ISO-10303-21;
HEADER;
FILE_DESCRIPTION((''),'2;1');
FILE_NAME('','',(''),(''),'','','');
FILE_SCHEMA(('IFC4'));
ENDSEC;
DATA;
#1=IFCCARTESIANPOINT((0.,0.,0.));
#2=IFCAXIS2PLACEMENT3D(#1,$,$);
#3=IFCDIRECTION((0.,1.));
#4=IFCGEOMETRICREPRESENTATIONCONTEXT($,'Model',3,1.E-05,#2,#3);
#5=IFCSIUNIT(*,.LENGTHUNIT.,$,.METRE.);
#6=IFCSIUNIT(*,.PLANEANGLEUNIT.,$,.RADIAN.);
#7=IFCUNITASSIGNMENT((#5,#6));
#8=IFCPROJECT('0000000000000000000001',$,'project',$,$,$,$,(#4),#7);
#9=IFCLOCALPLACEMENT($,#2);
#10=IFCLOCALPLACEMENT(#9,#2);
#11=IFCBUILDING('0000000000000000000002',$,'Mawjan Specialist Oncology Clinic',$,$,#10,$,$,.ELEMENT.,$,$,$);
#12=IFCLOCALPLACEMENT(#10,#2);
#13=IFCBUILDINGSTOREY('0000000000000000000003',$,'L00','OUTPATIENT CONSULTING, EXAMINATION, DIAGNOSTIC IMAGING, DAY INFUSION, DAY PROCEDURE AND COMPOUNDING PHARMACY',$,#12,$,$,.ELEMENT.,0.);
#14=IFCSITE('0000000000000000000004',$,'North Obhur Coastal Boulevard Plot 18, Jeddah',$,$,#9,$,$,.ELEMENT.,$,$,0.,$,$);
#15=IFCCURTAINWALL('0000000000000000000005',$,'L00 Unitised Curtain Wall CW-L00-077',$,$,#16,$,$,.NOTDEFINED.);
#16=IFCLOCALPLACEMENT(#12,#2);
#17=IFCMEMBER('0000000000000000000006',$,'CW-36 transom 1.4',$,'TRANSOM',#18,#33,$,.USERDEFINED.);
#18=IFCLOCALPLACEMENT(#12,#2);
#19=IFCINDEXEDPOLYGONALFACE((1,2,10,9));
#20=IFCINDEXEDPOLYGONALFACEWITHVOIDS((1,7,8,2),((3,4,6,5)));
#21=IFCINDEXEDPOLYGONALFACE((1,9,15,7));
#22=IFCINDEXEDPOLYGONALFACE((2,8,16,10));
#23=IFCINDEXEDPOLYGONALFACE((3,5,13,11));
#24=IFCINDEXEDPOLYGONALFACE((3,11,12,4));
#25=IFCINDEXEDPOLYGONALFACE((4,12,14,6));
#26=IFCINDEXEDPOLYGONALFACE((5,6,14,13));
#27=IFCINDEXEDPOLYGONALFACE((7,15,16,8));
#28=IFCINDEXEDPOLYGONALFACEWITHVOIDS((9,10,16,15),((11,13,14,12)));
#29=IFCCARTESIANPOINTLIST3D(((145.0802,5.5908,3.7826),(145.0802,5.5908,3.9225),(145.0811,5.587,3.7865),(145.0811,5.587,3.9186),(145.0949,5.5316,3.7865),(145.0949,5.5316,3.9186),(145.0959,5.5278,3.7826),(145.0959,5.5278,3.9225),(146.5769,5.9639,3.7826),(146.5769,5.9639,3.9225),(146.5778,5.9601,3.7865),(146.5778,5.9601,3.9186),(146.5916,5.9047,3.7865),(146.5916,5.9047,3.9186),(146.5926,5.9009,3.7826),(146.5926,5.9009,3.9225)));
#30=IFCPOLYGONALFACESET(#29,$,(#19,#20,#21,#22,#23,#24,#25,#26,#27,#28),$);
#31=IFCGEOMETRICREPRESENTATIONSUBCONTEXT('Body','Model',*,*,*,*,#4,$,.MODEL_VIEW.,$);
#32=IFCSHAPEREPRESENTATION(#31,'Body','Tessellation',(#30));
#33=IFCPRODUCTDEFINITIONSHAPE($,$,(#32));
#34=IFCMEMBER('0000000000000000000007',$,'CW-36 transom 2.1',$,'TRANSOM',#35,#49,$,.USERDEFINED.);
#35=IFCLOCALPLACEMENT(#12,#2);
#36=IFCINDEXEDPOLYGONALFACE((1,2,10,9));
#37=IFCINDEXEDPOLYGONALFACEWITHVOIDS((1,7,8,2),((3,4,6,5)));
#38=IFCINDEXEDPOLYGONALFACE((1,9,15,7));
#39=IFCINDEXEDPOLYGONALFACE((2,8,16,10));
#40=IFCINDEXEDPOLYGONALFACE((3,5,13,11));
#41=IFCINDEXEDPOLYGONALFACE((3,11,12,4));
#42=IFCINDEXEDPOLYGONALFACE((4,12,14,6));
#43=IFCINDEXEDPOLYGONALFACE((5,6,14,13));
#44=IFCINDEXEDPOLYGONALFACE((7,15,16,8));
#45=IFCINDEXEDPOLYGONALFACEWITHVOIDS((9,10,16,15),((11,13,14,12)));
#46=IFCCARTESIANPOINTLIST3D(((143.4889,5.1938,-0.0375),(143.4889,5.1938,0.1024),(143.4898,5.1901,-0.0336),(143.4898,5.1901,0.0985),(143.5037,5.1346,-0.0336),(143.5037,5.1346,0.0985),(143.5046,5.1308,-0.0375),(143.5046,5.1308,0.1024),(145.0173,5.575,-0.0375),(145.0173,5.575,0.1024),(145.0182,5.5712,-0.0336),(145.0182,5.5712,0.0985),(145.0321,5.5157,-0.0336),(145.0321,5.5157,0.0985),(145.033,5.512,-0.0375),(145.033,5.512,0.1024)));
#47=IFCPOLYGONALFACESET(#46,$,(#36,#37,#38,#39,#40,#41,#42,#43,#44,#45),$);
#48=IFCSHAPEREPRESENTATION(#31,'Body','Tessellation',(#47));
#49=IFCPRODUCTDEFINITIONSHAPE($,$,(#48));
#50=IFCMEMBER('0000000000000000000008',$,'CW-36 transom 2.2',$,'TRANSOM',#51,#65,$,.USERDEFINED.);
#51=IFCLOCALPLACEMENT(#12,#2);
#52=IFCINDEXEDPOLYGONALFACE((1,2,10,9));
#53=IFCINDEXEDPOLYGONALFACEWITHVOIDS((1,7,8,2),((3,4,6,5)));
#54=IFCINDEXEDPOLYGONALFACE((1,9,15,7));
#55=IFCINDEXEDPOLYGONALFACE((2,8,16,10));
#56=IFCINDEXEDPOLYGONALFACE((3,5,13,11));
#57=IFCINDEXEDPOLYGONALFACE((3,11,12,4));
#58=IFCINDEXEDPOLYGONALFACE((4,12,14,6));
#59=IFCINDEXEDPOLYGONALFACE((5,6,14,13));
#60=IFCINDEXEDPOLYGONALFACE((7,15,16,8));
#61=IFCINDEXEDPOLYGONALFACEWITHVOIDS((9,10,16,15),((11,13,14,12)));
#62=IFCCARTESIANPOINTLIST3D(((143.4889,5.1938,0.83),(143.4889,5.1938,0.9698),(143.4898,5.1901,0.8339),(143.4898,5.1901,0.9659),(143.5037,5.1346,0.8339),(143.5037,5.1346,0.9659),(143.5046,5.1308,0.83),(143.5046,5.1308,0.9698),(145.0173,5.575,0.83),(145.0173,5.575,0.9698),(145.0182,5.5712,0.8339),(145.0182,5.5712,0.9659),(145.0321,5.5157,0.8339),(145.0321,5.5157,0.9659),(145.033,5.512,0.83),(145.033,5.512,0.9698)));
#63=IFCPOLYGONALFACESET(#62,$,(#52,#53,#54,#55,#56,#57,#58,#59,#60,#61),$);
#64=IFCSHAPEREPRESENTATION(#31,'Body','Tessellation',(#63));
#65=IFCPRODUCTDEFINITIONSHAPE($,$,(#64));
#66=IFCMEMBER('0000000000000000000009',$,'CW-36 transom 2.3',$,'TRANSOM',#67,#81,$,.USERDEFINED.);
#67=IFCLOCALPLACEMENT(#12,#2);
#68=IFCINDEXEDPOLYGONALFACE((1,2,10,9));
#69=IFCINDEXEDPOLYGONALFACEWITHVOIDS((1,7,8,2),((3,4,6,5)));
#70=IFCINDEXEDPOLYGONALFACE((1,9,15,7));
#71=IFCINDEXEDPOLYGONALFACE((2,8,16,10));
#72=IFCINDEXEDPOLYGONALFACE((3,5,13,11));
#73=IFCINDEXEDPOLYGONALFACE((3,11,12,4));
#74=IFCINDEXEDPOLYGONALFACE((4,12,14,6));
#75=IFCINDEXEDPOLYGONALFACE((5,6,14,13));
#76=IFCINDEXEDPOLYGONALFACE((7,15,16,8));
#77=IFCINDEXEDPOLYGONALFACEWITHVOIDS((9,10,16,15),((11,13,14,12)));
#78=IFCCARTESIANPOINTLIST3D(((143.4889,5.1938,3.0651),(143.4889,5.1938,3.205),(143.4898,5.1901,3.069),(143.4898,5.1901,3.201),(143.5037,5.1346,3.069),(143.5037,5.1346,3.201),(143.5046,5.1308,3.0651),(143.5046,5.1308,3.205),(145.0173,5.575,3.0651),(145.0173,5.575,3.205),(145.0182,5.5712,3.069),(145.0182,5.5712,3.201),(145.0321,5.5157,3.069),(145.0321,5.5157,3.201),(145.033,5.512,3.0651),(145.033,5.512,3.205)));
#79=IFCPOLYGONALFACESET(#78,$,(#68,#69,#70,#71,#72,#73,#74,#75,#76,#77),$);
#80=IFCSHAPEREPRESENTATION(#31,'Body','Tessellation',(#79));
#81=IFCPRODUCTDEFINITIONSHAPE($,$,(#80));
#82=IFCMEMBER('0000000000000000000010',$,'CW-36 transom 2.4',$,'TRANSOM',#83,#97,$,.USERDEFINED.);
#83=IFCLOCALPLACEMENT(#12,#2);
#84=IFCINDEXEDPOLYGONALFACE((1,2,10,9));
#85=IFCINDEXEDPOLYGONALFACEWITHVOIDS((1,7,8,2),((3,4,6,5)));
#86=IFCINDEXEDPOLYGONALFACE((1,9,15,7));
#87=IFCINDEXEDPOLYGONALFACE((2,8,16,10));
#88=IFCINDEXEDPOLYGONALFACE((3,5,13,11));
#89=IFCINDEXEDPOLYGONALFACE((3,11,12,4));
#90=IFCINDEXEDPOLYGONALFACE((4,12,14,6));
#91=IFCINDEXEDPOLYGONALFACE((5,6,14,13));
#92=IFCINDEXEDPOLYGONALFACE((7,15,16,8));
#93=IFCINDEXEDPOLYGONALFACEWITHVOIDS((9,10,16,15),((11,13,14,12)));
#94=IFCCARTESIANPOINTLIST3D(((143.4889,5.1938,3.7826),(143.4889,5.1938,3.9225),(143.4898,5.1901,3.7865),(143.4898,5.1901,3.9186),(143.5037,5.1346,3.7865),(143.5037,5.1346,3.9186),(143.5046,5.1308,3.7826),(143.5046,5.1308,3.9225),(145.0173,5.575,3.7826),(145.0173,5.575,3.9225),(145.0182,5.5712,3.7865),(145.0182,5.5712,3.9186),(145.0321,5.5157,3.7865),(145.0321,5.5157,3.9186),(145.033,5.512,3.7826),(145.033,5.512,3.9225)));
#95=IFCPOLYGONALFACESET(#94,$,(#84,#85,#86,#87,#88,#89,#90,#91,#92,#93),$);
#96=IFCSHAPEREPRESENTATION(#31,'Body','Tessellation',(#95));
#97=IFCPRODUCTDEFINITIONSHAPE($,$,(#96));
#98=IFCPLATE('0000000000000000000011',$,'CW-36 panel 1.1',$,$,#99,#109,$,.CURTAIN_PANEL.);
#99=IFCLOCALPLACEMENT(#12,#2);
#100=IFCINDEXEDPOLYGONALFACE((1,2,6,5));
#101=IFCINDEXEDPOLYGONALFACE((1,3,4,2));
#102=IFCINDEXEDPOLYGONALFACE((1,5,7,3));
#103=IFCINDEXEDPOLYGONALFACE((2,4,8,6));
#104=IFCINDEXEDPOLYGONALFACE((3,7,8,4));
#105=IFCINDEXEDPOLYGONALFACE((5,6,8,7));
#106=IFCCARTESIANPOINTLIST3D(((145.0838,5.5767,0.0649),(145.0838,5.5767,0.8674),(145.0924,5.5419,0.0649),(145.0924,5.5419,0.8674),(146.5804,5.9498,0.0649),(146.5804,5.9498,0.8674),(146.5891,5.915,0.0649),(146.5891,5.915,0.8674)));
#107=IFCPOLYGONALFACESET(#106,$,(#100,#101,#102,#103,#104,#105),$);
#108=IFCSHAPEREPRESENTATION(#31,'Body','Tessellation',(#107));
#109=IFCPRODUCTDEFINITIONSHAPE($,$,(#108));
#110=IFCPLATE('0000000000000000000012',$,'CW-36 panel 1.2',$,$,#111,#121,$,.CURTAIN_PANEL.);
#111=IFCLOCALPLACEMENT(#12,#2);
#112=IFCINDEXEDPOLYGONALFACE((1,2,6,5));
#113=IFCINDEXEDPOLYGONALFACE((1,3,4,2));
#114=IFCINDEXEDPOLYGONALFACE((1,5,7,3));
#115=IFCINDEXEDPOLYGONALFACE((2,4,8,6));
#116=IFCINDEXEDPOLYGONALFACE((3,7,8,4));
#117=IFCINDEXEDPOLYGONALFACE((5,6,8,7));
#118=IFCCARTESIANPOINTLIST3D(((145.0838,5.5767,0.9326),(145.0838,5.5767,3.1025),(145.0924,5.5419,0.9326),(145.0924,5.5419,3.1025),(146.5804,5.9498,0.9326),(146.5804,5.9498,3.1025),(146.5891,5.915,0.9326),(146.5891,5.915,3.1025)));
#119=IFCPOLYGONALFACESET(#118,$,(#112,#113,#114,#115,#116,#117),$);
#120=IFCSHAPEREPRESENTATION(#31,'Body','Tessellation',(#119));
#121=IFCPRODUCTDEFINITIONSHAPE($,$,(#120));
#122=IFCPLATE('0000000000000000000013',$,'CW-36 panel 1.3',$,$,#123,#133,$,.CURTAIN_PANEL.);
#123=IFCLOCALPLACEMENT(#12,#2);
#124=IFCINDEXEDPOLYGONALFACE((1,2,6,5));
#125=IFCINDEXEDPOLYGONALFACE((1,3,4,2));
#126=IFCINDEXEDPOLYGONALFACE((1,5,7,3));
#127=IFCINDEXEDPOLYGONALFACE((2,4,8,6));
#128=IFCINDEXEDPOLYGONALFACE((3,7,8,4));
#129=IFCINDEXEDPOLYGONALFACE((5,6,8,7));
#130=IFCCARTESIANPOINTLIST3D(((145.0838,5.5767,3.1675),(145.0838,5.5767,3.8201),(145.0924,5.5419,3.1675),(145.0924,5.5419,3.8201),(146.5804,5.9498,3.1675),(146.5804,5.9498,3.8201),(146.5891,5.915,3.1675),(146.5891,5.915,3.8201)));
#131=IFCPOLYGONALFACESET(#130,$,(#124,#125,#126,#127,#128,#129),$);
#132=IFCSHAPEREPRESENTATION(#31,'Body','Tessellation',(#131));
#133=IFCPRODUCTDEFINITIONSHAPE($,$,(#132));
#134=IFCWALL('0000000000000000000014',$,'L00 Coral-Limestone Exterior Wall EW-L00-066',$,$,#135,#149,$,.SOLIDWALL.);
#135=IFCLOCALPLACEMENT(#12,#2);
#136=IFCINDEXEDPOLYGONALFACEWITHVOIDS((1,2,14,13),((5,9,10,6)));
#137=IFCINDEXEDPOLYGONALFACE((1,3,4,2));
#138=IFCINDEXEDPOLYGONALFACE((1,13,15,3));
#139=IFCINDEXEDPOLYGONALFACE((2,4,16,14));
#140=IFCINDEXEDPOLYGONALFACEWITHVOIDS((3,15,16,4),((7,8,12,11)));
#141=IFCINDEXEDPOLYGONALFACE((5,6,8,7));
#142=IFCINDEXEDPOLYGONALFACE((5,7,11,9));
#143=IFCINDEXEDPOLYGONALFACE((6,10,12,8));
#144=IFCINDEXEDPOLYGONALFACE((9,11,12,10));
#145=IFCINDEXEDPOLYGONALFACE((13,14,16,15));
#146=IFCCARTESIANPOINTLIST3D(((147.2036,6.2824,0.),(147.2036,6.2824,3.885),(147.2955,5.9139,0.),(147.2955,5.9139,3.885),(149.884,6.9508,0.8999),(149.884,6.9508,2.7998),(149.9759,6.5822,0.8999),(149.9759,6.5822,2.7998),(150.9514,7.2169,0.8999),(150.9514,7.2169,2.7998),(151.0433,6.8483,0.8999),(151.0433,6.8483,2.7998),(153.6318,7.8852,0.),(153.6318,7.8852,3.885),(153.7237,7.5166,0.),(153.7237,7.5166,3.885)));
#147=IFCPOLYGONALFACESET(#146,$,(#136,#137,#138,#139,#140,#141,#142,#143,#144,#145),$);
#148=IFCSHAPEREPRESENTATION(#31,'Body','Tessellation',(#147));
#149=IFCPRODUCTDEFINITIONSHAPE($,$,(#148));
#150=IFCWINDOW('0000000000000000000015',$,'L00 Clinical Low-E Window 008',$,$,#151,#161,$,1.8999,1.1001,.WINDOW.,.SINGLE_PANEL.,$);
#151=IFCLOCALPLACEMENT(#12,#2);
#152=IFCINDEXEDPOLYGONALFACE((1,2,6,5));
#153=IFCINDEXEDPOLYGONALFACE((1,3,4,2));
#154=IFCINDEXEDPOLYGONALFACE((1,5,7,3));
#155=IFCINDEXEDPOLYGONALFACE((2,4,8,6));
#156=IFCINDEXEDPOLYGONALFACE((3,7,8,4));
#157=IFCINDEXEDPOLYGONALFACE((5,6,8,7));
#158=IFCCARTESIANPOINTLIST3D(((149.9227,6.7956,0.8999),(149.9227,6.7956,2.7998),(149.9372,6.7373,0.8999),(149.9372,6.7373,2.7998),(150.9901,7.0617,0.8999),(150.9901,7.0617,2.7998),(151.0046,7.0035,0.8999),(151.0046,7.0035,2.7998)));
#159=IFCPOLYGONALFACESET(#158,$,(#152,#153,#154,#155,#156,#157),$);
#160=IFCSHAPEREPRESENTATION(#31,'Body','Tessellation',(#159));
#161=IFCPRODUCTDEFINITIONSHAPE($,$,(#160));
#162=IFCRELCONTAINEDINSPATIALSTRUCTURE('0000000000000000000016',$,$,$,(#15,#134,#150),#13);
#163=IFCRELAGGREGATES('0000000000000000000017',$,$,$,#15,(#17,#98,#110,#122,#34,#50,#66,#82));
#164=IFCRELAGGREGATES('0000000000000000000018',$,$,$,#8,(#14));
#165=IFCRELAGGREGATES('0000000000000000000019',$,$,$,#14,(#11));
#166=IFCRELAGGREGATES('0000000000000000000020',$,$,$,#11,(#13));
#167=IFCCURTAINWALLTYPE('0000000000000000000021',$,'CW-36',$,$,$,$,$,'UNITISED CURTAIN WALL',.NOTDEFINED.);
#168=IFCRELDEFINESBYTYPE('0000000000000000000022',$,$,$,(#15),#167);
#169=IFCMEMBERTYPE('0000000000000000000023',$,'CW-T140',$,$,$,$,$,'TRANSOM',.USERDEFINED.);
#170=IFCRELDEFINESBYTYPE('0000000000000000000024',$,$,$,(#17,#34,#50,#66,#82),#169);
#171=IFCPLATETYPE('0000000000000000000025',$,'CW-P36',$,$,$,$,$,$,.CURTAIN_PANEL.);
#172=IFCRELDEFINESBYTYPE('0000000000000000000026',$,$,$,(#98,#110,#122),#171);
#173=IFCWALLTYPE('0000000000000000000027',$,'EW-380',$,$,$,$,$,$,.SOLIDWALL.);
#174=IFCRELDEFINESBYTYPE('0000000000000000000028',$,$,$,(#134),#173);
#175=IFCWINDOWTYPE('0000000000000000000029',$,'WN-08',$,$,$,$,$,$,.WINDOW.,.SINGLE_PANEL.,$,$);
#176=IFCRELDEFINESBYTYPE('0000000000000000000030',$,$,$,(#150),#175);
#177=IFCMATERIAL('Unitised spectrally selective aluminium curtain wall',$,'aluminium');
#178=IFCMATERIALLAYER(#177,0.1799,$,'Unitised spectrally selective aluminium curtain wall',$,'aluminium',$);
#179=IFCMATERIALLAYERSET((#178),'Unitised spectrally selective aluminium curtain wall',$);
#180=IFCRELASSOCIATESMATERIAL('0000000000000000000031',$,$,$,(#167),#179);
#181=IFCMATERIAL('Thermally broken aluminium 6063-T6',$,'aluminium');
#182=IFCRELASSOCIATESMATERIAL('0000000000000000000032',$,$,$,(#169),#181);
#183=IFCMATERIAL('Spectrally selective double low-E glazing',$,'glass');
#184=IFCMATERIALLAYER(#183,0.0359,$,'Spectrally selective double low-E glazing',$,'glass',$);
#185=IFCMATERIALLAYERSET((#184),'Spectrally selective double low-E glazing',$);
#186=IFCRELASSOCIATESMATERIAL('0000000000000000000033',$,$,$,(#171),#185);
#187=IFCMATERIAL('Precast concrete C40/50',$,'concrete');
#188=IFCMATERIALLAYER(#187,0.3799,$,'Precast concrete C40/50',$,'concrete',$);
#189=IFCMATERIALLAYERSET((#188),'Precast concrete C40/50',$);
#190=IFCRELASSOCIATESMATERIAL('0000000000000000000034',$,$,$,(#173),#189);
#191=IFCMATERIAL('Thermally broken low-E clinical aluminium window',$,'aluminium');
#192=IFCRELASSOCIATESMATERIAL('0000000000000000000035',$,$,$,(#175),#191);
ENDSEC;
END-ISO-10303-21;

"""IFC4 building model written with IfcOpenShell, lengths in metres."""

from ifc_helpers import new_model, si_unit, direction, frame, frame_2d, origin, origin_2d, place, context, subcontext, project, spatial, rectangle, hollow_rectangle, extrude, material, layer, layer_set, material_profile, profile_set, type_object, element, fill, aggregate, save


model = new_model("IFC4")

# Units and contexts
model_context = context("Model", 3, precision=1e-05, world=origin(), true_north=direction((0.0, 1.0)))
body_context = subcontext(model_context, "Body", "Model", "MODEL_VIEW")
ifc_project = project(units=[si_unit("LENGTHUNIT", "METRE"), si_unit("PLANEANGLEUNIT", "RADIAN")], contexts=[model_context])

# Site, building, storey
site_placement = place(None, origin())
site = spatial("IfcSite", under=ifc_project, at=site_placement, Name="North Obhur Coastal Boulevard Plot 18, Jeddah", CompositionType="ELEMENT", RefElevation=0.0)
building_placement = place(site_placement, origin())
building = spatial("IfcBuilding", under=site, at=building_placement, Name="Mawjan Specialist Oncology Clinic", CompositionType="ELEMENT")
storey_placement = place(building_placement, origin())
storey = spatial("IfcBuildingStorey", under=building, at=storey_placement, Name="L00", Description="OUTPATIENT CONSULTING, EXAMINATION, DIAGNOSTIC IMAGING, DAY INFUSION, DAY PROCEDURE AND COMPOUNDING PHARMACY", CompositionType="ELEMENT", Elevation=0.0)

# Curtain wall, members, plates
ifc_material_1 = material(Name="Unitised spectrally selective aluminium curtain wall", Category="aluminium")
ifc_layer_1 = layer(ifc_material_1, 0.1799, Name="Unitised spectrally selective aluminium curtain wall", Category="aluminium")
ifc_layer_set_1 = layer_set([ifc_layer_1], Name="Unitised spectrally selective aluminium curtain wall")
curtain_wall_type = type_object("IfcCurtainWallType", Name="CW-36", ElementType="UNITISED CURTAIN WALL", PredefinedType="NOTDEFINED", material=ifc_layer_set_1)
curtain_wall_placement = place(storey_placement, origin())
curtain_wall = element("IfcCurtainWall", 1, at=curtain_wall_placement, inside=storey, type_object=curtain_wall_type, Name="L00 Unitised Curtain Wall CW-L00-077", PredefinedType="NOTDEFINED")
ifc_material_2 = material(Name="Thermally broken aluminium 6063-T6", Category="aluminium")
ifc_material_profile_1 = material_profile(ifc_material_2, hollow_rectangle(XDim=0.0649, YDim=0.1399, WallThickness=0.0039, at=origin_2d()), Name="ALU TRANSOM 140x65x4", Category="aluminium")
ifc_profile_set_1 = profile_set([ifc_material_profile_1], Name="Thermally broken aluminium 6063-T6")
member_type_1 = type_object("IfcMemberType", Name="CW-T140", ElementType="TRANSOM", PredefinedType="USERDEFINED", material=ifc_profile_set_1)
member_1_placement = place(storey_placement, frame((146.5847, 5.9324, 3.8525), z_axis=(-0.97031, -0.241865, 0.0), x_axis=(0.241865, -0.97031, 0.0)))
member_1 = element("IfcMember", 2, at=member_1_placement, type_object=member_type_1, Name="CW-36 transom 1.4", ObjectType="TRANSOM", PredefinedType="USERDEFINED", context=body_context, shape_type="SweptSolid", body=[
    extrude(hollow_rectangle(XDim=0.0649, YDim=0.1399, WallThickness=0.0039, at=origin_2d()), origin(), (0.0, 0.0, 1.0), 1.5425),
])
member_2_placement = place(storey_placement, frame((145.0251, 5.5435, 0.0325), z_axis=(-0.970288, -0.241952, 0.0), x_axis=(0.241952, -0.970288, 0.0)))
member_2 = element("IfcMember", 3, at=member_2_placement, type_object=member_type_1, Name="CW-36 transom 2.1", ObjectType="TRANSOM", PredefinedType="USERDEFINED", context=body_context, shape_type="SweptSolid", body=[
    extrude(hollow_rectangle(XDim=0.0649, YDim=0.1399, WallThickness=0.0039, at=origin_2d()), origin(), (0.0, 0.0, 1.0), 1.5752),
])
member_3_placement = place(storey_placement, frame((145.0251, 5.5435, 0.8999), z_axis=(-0.970288, -0.241952, 0.0), x_axis=(0.241952, -0.970288, 0.0)))
member_3 = element("IfcMember", 4, at=member_3_placement, type_object=member_type_1, Name="CW-36 transom 2.2", ObjectType="TRANSOM", PredefinedType="USERDEFINED", context=body_context, shape_type="SweptSolid", body=[
    extrude(hollow_rectangle(XDim=0.0649, YDim=0.1399, WallThickness=0.0039, at=origin_2d()), origin(), (0.0, 0.0, 1.0), 1.5752),
])
member_4_placement = place(storey_placement, frame((145.0251, 5.5435, 3.135), z_axis=(-0.970288, -0.241952, 0.0), x_axis=(0.241952, -0.970288, 0.0)))
member_4 = element("IfcMember", 5, at=member_4_placement, type_object=member_type_1, Name="CW-36 transom 2.3", ObjectType="TRANSOM", PredefinedType="USERDEFINED", context=body_context, shape_type="SweptSolid", body=[
    extrude(hollow_rectangle(XDim=0.0649, YDim=0.1399, WallThickness=0.0039, at=origin_2d()), origin(), (0.0, 0.0, 1.0), 1.5752),
])
member_5_placement = place(storey_placement, frame((145.0251, 5.5435, 3.8525), z_axis=(-0.970288, -0.241952, 0.0), x_axis=(0.241952, -0.970288, 0.0)))
member_5 = element("IfcMember", 6, at=member_5_placement, type_object=member_type_1, Name="CW-36 transom 2.4", ObjectType="TRANSOM", PredefinedType="USERDEFINED", context=body_context, shape_type="SweptSolid", body=[
    extrude(hollow_rectangle(XDim=0.0649, YDim=0.1399, WallThickness=0.0039, at=origin_2d()), origin(), (0.0, 0.0, 1.0), 1.5752),
])
ifc_material_3 = material(Name="Spectrally selective double low-E glazing", Category="glass")
ifc_layer_2 = layer(ifc_material_3, 0.0359, Name="Spectrally selective double low-E glazing", Category="glass")
ifc_layer_set_2 = layer_set([ifc_layer_2], Name="Spectrally selective double low-E glazing")
plate_type = type_object("IfcPlateType", Name="CW-P36", PredefinedType="CURTAIN_PANEL", material=ifc_layer_set_2)
plate_1_placement = place(storey_placement, frame((145.8364, 5.7458, 0.0649), z_axis=(0.0, 0.0, 1.0), x_axis=(-0.970296, -0.241922, 0.0)))
plate_1 = element("IfcPlate", 7, at=plate_1_placement, type_object=plate_type, Name="CW-36 panel 1.1", PredefinedType="CURTAIN_PANEL", context=body_context, shape_type="SweptSolid", body=[
    extrude(rectangle(XDim=1.5425, YDim=0.0359, at=origin_2d()), origin(), (0.0, 0.0, 1.0), 0.8025),
])
plate_2_placement = place(storey_placement, frame((145.8364, 5.7458, 0.9326), z_axis=(0.0, 0.0, 1.0), x_axis=(-0.970296, -0.241922, 0.0)))
plate_2 = element("IfcPlate", 8, at=plate_2_placement, type_object=plate_type, Name="CW-36 panel 1.2", PredefinedType="CURTAIN_PANEL", context=body_context, shape_type="SweptSolid", body=[
    extrude(rectangle(XDim=1.5425, YDim=0.0359, at=origin_2d()), origin(), (0.0, 0.0, 1.0), 2.1699),
])
plate_3_placement = place(storey_placement, frame((145.8364, 5.7458, 3.1675), z_axis=(0.0, 0.0, 1.0), x_axis=(-0.970296, -0.241922, 0.0)))
plate_3 = element("IfcPlate", 9, at=plate_3_placement, type_object=plate_type, Name="CW-36 panel 1.3", PredefinedType="CURTAIN_PANEL", context=body_context, shape_type="SweptSolid", body=[
    extrude(rectangle(XDim=1.5425, YDim=0.0359, at=origin_2d()), origin(), (0.0, 0.0, 1.0), 0.6526),
])
aggregate(curtain_wall, [member_1, plate_1, plate_2, plate_3, member_2, member_3, member_4, member_5])

# Wall, opening, window
ifc_material_4 = material(Name="Precast concrete C40/50", Category="concrete")
ifc_layer_3 = layer(ifc_material_4, 0.3799, Name="Precast concrete C40/50", Category="concrete")
ifc_layer_set_3 = layer_set([ifc_layer_3], Name="Precast concrete C40/50")
wall_type = type_object("IfcWallType", Name="EW-380", PredefinedType="SOLIDWALL", material=ifc_layer_set_3)
wall_placement = place(storey_placement, frame((153.6777, 7.7009, 0.0), z_axis=(0.0, 0.0, 1.0), x_axis=(-0.970294, -0.241929, 0.0)))
wall = element("IfcWall", 10, at=wall_placement, inside=storey, type_object=wall_type, Name="L00 Coral-Limestone Exterior Wall EW-L00-066", PredefinedType="SOLIDWALL", context=body_context, shape_type="SweptSolid", body=[
    extrude(rectangle(XDim=6.625, YDim=0.3799, at=frame_2d((3.3125, 0.0))), origin(), (0.0, 0.0, 1.0), 3.885),
])
opening_placement = place(wall_placement, frame((2.7625, 0.0, 0.8999)))
opening = element("IfcOpeningElement", 11, at=opening_placement, cuts=wall, PredefinedType="OPENING", context=body_context, shape_type="SweptSolid", body=[
    extrude(rectangle(XDim=1.1001, YDim=1.8999, at=frame_2d((0.55, 0.95))), frame((0.0, 0.2019, 0.0), z_axis=(0.0, -1.0, 0.0), x_axis=(1.0, 0.0, 0.0)), (0.0, 0.0, 1.0), 0.4038),
])
ifc_material_5 = material(Name="Thermally broken low-E clinical aluminium window", Category="aluminium")
window_type = type_object("IfcWindowType", Name="WN-08", PartitioningType="SINGLE_PANEL", PredefinedType="WINDOW", material=ifc_material_5)
window_placement = place(opening_placement, origin())
window = element("IfcWindow", 12, at=window_placement, inside=storey, type_object=window_type, Name="L00 Clinical Low-E Window 008", OverallHeight=1.8999, OverallWidth=1.1001, PartitioningType="SINGLE_PANEL", PredefinedType="WINDOW", context=body_context, shape_type="SweptSolid", body=[
    extrude(rectangle(XDim=1.1001, YDim=1.8999, at=frame_2d((0.55, 0.95))), frame((0.0, 0.03, 0.0), z_axis=(0.0, -1.0, 0.0), x_axis=(1.0, 0.0, 0.0)), (0.0, 0.0, 1.0), 0.0601),
])
fill(opening, window)

save(model, "model.ifc")
